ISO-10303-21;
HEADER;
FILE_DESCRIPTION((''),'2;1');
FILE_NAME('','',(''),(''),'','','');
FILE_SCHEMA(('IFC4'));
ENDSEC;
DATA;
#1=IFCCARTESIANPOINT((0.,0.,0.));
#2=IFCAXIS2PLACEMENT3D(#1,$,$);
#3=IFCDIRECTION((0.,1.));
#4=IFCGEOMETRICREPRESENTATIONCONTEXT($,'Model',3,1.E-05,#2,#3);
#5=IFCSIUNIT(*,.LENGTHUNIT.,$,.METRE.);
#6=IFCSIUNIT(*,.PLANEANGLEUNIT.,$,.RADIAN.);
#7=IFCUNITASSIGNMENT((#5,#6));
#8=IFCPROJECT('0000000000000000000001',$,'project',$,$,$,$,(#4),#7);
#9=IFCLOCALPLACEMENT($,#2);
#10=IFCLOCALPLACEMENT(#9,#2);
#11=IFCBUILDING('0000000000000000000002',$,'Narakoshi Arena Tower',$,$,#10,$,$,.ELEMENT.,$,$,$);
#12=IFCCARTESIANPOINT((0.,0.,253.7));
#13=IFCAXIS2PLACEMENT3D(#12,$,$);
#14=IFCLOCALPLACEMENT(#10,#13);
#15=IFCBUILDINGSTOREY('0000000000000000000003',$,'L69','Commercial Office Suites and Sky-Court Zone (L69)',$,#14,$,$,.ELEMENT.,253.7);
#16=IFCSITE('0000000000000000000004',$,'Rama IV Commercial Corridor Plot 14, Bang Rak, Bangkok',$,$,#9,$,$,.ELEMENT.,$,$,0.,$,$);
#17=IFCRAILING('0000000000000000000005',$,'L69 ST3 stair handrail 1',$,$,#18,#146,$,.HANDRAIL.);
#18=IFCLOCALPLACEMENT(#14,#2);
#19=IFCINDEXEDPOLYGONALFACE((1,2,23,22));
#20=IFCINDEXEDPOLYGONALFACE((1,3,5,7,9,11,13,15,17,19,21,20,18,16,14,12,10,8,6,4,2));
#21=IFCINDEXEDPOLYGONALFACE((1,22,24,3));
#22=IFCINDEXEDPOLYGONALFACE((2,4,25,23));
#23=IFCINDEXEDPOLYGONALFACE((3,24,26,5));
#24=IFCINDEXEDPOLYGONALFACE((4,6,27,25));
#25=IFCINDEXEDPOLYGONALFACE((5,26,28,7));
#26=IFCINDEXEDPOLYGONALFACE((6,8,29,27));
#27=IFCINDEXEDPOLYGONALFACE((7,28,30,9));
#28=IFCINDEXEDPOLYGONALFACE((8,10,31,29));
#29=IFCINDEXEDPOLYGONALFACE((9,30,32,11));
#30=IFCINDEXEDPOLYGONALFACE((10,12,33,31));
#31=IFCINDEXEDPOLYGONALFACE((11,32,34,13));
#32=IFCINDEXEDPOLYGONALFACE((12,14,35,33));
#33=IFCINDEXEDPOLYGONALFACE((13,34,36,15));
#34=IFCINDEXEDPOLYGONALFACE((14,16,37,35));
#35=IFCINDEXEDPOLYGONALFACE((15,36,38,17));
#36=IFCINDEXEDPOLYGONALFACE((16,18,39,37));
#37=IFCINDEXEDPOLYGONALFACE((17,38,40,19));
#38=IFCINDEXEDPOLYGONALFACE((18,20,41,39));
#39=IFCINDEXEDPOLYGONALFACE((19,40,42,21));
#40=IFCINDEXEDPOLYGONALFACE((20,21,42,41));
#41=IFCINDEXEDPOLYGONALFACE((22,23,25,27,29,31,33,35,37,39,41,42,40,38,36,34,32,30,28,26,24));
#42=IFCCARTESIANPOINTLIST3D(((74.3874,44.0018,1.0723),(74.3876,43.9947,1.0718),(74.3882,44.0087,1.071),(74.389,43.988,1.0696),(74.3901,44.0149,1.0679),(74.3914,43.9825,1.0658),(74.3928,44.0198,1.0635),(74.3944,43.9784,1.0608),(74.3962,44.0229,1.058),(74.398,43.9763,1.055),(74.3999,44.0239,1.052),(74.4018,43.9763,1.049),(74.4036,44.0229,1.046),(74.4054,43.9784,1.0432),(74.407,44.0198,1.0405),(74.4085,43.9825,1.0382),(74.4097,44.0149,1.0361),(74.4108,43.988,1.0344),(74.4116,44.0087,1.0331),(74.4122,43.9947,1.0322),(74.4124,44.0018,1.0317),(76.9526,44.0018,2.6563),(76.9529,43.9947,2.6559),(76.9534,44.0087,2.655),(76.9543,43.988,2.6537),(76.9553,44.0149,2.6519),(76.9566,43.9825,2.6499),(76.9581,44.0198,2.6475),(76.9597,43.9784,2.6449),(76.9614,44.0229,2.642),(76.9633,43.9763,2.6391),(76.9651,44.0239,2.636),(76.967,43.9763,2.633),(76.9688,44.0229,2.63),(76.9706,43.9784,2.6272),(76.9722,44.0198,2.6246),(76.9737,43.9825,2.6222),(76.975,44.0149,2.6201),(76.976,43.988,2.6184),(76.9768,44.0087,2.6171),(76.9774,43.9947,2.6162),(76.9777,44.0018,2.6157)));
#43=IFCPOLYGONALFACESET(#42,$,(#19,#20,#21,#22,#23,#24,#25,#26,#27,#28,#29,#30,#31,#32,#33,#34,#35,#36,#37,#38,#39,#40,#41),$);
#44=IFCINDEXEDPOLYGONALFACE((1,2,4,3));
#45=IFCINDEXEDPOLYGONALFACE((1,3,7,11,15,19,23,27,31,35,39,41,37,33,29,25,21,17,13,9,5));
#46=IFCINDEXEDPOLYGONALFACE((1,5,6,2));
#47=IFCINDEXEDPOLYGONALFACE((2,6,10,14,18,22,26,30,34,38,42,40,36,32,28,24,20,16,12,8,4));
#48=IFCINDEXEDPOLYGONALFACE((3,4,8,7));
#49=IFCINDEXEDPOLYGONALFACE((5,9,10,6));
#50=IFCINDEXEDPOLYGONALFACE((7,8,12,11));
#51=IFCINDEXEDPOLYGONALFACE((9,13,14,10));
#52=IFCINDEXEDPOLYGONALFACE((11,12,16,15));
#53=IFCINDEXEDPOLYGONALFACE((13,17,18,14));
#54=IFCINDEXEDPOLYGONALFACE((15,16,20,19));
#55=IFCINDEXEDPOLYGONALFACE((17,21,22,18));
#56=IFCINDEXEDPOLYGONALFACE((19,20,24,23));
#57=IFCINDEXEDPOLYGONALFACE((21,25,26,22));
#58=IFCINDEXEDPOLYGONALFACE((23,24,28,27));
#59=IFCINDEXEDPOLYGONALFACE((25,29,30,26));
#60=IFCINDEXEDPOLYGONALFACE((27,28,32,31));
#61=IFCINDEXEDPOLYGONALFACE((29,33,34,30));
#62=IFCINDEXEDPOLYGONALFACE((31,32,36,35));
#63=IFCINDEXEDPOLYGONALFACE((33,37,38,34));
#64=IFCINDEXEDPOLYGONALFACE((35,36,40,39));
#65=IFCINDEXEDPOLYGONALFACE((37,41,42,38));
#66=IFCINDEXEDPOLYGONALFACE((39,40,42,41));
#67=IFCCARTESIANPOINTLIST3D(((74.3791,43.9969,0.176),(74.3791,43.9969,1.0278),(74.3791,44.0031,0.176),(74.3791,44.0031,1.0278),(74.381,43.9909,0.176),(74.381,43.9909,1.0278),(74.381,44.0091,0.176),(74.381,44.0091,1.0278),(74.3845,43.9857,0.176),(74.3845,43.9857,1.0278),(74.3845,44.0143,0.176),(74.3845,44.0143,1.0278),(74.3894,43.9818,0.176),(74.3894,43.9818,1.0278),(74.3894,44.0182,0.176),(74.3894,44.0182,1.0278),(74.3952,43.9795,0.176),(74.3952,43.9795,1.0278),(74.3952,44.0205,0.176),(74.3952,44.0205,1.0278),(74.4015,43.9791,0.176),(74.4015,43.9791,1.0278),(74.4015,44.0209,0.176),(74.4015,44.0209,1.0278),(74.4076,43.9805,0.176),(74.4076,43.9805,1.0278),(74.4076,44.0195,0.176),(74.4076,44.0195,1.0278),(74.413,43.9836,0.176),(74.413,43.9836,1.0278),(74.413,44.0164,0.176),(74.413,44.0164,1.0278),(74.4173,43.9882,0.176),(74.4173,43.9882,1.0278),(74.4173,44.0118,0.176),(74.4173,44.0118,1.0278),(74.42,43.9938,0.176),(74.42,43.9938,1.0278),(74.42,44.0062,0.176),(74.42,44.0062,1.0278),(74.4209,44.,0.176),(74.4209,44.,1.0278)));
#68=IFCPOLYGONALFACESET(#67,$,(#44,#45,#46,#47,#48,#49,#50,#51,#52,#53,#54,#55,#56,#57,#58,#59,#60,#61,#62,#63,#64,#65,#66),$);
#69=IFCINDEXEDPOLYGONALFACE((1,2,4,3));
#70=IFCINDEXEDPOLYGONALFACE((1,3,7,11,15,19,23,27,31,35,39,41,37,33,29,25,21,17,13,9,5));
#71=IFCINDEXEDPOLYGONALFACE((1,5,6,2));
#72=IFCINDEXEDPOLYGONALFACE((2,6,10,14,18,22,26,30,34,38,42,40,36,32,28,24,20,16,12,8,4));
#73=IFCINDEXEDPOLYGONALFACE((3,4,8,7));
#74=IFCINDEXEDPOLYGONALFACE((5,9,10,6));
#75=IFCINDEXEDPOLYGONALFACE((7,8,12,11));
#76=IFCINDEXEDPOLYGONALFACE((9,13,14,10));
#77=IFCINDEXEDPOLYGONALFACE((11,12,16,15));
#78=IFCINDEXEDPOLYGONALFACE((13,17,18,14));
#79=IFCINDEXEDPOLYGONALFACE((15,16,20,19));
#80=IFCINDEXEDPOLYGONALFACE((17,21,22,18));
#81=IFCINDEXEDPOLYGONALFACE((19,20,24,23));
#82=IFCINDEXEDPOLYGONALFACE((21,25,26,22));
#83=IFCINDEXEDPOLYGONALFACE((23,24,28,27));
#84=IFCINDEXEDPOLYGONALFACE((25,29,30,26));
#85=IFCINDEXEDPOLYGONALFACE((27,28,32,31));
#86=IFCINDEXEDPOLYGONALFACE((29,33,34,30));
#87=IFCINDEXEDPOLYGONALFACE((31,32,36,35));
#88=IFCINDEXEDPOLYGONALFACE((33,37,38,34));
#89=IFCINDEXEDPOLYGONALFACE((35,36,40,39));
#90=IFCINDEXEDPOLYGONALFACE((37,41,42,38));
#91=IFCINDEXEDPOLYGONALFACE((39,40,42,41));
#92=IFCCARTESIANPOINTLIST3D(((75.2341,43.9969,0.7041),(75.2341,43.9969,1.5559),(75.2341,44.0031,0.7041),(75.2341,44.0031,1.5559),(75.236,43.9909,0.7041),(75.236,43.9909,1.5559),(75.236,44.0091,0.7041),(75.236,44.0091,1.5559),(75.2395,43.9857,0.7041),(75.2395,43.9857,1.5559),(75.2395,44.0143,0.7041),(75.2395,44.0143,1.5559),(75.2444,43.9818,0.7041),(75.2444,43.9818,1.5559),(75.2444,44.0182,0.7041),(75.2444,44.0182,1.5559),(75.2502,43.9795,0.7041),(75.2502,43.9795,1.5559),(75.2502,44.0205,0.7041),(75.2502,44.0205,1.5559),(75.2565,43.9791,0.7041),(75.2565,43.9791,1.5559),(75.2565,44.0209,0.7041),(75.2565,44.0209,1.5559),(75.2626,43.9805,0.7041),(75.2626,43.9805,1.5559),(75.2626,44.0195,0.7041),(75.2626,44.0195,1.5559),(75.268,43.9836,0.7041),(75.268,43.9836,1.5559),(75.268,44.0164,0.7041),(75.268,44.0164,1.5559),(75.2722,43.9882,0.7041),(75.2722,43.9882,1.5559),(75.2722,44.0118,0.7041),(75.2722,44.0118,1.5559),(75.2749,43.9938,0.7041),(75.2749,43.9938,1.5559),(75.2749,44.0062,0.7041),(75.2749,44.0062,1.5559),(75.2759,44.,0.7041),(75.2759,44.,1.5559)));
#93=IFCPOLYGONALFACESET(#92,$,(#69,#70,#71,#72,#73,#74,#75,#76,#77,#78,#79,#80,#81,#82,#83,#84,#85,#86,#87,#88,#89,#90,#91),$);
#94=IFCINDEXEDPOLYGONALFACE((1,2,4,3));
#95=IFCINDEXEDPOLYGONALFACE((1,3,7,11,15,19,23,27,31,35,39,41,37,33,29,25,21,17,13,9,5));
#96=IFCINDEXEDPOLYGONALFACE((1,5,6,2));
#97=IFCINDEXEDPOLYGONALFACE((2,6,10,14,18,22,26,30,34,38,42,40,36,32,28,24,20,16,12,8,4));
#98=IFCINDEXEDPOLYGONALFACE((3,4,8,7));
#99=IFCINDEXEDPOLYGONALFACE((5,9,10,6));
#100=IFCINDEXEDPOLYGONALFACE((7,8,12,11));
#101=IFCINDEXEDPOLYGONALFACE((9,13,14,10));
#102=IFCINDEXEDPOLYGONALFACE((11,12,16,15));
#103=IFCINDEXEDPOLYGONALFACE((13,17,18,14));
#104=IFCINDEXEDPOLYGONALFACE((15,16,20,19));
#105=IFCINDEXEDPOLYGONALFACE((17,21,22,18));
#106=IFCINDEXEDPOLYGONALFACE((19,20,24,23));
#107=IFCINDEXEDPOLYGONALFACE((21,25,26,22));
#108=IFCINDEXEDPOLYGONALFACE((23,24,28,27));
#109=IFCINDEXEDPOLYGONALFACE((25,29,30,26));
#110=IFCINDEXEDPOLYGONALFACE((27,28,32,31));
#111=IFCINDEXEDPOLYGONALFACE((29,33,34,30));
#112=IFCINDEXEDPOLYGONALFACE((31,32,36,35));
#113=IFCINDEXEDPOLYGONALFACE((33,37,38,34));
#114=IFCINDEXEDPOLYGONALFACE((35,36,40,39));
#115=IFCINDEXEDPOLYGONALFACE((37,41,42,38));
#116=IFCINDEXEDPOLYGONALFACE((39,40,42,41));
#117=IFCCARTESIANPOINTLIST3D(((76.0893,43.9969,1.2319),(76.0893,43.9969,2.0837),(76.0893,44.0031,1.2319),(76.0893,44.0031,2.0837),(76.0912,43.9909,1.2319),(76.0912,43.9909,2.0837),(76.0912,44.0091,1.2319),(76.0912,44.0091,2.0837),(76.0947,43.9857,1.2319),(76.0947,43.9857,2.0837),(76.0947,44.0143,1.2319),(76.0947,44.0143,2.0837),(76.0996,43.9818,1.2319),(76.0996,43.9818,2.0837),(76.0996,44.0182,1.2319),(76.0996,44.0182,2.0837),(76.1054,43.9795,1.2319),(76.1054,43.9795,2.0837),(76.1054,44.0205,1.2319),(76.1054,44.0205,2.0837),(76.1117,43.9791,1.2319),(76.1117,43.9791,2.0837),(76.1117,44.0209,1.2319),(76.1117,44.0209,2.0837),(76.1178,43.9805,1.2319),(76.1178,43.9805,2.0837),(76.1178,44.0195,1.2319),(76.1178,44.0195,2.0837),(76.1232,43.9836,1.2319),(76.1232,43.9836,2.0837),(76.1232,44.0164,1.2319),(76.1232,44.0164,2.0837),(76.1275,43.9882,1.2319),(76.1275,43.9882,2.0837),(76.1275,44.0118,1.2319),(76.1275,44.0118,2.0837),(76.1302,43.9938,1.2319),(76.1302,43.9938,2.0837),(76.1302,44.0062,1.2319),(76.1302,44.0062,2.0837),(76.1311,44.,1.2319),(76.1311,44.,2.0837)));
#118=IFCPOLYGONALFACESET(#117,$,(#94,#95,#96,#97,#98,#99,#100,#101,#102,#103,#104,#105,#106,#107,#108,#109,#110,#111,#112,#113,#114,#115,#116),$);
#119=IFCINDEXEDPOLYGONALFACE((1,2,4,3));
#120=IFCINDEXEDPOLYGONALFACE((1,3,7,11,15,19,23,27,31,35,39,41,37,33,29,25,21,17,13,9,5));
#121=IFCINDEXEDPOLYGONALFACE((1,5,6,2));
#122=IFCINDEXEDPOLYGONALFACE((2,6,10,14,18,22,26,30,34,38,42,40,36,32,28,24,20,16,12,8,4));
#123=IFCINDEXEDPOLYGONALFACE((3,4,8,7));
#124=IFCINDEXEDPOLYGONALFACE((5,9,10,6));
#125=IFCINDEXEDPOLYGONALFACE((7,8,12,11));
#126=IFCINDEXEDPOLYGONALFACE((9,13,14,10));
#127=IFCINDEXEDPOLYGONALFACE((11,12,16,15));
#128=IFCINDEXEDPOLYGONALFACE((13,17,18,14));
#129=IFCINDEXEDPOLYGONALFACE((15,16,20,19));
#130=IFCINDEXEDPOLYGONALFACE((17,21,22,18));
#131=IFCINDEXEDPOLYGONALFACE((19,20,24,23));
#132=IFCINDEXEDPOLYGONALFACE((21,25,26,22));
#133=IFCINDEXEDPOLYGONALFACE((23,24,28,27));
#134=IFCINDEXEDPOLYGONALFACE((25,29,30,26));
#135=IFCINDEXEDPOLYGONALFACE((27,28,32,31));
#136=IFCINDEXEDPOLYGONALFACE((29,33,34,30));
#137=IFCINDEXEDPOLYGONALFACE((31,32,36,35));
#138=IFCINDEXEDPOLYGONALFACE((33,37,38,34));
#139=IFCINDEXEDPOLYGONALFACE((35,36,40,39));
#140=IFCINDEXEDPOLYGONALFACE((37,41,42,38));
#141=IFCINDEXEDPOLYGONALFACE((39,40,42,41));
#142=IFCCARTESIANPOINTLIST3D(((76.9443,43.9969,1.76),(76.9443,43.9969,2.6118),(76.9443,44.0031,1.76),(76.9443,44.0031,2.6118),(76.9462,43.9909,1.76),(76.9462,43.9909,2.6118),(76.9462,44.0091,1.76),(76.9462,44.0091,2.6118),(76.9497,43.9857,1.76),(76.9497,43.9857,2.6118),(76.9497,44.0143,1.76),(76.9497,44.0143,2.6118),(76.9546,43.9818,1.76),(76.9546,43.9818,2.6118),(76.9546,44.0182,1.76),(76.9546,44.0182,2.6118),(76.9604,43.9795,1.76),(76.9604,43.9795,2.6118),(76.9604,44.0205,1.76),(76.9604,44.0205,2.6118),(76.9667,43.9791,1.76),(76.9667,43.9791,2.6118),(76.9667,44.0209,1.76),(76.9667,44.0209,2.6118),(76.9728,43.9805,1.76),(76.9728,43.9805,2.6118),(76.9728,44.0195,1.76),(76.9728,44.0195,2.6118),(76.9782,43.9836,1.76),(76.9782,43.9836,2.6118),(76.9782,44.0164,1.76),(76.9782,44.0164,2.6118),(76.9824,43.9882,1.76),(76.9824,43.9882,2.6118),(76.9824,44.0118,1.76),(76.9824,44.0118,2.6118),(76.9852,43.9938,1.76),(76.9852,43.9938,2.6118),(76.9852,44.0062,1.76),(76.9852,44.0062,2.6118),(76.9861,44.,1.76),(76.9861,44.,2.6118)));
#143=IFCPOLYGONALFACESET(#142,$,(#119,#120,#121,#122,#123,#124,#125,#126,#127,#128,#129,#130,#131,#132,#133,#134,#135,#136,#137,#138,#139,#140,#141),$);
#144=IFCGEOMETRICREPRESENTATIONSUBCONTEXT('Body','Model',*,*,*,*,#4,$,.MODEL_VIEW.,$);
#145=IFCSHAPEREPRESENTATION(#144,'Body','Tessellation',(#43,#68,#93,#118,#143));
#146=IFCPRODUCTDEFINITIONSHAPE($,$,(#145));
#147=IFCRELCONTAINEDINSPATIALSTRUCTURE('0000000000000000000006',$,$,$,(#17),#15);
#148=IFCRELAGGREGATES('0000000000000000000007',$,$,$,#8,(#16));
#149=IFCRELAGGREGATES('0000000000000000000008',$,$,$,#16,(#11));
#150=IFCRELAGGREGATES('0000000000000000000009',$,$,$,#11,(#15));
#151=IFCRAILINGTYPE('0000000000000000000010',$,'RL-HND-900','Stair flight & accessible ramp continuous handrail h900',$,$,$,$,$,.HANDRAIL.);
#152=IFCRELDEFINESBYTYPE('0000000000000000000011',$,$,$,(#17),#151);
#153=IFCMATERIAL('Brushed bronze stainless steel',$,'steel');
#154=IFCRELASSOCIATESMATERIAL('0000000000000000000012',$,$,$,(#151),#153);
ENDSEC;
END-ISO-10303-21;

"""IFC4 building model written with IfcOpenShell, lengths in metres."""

from ifc_helpers import new_model, si_unit, direction, frame, origin, origin_2d, place, context, subcontext, project, spatial, circle, extrude, material, type_object, element, save


model = new_model("IFC4")

# Units and contexts
model_context = context("Model", 3, precision=1e-05, world=origin(), true_north=direction((0.0, 1.0)))
body_context = subcontext(model_context, "Body", "Model", "MODEL_VIEW")
ifc_project = project(units=[si_unit("LENGTHUNIT", "METRE"), si_unit("PLANEANGLEUNIT", "RADIAN")], contexts=[model_context])

# Site, building, storey
site_placement = place(None, origin())
site = spatial("IfcSite", under=ifc_project, at=site_placement, Name="Rama IV Commercial Corridor Plot 14, Bang Rak, Bangkok", CompositionType="ELEMENT", RefElevation=0.0)
building_placement = place(site_placement, origin())
building = spatial("IfcBuilding", under=site, at=building_placement, Name="Narakoshi Arena Tower", CompositionType="ELEMENT")
storey_placement = place(building_placement, frame((0.0, 0.0, 253.7)))
storey = spatial("IfcBuildingStorey", under=building, at=storey_placement, Name="L69", Description="Commercial Office Suites and Sky-Court Zone (L69)", CompositionType="ELEMENT", Elevation=253.7)

# Railing
ifc_material_1 = material(Name="Brushed bronze stainless steel", Category="steel")
railing_type_1 = type_object("IfcRailingType", Name="RL-HND-900", Description="Stair flight & accessible ramp continuous handrail h900", PredefinedType="HANDRAIL", material=ifc_material_1)
railing_1_placement = place(storey_placement, frame((74.3999, 44.0, 0.176)))
element("IfcRailing", 1, at=railing_1_placement, inside=storey, type_object=railing_type_1, Name="L69 ST3 stair handrail 1", PredefinedType="HANDRAIL", context=body_context, shape_type="SweptSolid", body=[
    extrude(circle(Radius=0.0239, at=origin_2d()), frame((0.0, 0.0, 0.876), z_axis=(0.850857, 0.0, 0.525398), x_axis=(0.0, 1.0, 0.0)), (0.0, 0.0, 1.0), 3.0149),
    extrude(circle(Radius=0.021, at=origin_2d()), origin(), (0.0, 0.0, 1.0), 0.8518),
    extrude(circle(Radius=0.021, at=origin_2d()), frame((0.855, 0.0, 0.5281)), (0.0, 0.0, 1.0), 0.8518),
    extrude(circle(Radius=0.021, at=origin_2d()), frame((1.7102, 0.0, 1.0559)), (0.0, 0.0, 1.0), 0.8518),
    extrude(circle(Radius=0.021, at=origin_2d()), frame((2.5652, 0.0, 1.584)), (0.0, 0.0, 1.0), 0.8518),
])

save(model, "model.ifc")
